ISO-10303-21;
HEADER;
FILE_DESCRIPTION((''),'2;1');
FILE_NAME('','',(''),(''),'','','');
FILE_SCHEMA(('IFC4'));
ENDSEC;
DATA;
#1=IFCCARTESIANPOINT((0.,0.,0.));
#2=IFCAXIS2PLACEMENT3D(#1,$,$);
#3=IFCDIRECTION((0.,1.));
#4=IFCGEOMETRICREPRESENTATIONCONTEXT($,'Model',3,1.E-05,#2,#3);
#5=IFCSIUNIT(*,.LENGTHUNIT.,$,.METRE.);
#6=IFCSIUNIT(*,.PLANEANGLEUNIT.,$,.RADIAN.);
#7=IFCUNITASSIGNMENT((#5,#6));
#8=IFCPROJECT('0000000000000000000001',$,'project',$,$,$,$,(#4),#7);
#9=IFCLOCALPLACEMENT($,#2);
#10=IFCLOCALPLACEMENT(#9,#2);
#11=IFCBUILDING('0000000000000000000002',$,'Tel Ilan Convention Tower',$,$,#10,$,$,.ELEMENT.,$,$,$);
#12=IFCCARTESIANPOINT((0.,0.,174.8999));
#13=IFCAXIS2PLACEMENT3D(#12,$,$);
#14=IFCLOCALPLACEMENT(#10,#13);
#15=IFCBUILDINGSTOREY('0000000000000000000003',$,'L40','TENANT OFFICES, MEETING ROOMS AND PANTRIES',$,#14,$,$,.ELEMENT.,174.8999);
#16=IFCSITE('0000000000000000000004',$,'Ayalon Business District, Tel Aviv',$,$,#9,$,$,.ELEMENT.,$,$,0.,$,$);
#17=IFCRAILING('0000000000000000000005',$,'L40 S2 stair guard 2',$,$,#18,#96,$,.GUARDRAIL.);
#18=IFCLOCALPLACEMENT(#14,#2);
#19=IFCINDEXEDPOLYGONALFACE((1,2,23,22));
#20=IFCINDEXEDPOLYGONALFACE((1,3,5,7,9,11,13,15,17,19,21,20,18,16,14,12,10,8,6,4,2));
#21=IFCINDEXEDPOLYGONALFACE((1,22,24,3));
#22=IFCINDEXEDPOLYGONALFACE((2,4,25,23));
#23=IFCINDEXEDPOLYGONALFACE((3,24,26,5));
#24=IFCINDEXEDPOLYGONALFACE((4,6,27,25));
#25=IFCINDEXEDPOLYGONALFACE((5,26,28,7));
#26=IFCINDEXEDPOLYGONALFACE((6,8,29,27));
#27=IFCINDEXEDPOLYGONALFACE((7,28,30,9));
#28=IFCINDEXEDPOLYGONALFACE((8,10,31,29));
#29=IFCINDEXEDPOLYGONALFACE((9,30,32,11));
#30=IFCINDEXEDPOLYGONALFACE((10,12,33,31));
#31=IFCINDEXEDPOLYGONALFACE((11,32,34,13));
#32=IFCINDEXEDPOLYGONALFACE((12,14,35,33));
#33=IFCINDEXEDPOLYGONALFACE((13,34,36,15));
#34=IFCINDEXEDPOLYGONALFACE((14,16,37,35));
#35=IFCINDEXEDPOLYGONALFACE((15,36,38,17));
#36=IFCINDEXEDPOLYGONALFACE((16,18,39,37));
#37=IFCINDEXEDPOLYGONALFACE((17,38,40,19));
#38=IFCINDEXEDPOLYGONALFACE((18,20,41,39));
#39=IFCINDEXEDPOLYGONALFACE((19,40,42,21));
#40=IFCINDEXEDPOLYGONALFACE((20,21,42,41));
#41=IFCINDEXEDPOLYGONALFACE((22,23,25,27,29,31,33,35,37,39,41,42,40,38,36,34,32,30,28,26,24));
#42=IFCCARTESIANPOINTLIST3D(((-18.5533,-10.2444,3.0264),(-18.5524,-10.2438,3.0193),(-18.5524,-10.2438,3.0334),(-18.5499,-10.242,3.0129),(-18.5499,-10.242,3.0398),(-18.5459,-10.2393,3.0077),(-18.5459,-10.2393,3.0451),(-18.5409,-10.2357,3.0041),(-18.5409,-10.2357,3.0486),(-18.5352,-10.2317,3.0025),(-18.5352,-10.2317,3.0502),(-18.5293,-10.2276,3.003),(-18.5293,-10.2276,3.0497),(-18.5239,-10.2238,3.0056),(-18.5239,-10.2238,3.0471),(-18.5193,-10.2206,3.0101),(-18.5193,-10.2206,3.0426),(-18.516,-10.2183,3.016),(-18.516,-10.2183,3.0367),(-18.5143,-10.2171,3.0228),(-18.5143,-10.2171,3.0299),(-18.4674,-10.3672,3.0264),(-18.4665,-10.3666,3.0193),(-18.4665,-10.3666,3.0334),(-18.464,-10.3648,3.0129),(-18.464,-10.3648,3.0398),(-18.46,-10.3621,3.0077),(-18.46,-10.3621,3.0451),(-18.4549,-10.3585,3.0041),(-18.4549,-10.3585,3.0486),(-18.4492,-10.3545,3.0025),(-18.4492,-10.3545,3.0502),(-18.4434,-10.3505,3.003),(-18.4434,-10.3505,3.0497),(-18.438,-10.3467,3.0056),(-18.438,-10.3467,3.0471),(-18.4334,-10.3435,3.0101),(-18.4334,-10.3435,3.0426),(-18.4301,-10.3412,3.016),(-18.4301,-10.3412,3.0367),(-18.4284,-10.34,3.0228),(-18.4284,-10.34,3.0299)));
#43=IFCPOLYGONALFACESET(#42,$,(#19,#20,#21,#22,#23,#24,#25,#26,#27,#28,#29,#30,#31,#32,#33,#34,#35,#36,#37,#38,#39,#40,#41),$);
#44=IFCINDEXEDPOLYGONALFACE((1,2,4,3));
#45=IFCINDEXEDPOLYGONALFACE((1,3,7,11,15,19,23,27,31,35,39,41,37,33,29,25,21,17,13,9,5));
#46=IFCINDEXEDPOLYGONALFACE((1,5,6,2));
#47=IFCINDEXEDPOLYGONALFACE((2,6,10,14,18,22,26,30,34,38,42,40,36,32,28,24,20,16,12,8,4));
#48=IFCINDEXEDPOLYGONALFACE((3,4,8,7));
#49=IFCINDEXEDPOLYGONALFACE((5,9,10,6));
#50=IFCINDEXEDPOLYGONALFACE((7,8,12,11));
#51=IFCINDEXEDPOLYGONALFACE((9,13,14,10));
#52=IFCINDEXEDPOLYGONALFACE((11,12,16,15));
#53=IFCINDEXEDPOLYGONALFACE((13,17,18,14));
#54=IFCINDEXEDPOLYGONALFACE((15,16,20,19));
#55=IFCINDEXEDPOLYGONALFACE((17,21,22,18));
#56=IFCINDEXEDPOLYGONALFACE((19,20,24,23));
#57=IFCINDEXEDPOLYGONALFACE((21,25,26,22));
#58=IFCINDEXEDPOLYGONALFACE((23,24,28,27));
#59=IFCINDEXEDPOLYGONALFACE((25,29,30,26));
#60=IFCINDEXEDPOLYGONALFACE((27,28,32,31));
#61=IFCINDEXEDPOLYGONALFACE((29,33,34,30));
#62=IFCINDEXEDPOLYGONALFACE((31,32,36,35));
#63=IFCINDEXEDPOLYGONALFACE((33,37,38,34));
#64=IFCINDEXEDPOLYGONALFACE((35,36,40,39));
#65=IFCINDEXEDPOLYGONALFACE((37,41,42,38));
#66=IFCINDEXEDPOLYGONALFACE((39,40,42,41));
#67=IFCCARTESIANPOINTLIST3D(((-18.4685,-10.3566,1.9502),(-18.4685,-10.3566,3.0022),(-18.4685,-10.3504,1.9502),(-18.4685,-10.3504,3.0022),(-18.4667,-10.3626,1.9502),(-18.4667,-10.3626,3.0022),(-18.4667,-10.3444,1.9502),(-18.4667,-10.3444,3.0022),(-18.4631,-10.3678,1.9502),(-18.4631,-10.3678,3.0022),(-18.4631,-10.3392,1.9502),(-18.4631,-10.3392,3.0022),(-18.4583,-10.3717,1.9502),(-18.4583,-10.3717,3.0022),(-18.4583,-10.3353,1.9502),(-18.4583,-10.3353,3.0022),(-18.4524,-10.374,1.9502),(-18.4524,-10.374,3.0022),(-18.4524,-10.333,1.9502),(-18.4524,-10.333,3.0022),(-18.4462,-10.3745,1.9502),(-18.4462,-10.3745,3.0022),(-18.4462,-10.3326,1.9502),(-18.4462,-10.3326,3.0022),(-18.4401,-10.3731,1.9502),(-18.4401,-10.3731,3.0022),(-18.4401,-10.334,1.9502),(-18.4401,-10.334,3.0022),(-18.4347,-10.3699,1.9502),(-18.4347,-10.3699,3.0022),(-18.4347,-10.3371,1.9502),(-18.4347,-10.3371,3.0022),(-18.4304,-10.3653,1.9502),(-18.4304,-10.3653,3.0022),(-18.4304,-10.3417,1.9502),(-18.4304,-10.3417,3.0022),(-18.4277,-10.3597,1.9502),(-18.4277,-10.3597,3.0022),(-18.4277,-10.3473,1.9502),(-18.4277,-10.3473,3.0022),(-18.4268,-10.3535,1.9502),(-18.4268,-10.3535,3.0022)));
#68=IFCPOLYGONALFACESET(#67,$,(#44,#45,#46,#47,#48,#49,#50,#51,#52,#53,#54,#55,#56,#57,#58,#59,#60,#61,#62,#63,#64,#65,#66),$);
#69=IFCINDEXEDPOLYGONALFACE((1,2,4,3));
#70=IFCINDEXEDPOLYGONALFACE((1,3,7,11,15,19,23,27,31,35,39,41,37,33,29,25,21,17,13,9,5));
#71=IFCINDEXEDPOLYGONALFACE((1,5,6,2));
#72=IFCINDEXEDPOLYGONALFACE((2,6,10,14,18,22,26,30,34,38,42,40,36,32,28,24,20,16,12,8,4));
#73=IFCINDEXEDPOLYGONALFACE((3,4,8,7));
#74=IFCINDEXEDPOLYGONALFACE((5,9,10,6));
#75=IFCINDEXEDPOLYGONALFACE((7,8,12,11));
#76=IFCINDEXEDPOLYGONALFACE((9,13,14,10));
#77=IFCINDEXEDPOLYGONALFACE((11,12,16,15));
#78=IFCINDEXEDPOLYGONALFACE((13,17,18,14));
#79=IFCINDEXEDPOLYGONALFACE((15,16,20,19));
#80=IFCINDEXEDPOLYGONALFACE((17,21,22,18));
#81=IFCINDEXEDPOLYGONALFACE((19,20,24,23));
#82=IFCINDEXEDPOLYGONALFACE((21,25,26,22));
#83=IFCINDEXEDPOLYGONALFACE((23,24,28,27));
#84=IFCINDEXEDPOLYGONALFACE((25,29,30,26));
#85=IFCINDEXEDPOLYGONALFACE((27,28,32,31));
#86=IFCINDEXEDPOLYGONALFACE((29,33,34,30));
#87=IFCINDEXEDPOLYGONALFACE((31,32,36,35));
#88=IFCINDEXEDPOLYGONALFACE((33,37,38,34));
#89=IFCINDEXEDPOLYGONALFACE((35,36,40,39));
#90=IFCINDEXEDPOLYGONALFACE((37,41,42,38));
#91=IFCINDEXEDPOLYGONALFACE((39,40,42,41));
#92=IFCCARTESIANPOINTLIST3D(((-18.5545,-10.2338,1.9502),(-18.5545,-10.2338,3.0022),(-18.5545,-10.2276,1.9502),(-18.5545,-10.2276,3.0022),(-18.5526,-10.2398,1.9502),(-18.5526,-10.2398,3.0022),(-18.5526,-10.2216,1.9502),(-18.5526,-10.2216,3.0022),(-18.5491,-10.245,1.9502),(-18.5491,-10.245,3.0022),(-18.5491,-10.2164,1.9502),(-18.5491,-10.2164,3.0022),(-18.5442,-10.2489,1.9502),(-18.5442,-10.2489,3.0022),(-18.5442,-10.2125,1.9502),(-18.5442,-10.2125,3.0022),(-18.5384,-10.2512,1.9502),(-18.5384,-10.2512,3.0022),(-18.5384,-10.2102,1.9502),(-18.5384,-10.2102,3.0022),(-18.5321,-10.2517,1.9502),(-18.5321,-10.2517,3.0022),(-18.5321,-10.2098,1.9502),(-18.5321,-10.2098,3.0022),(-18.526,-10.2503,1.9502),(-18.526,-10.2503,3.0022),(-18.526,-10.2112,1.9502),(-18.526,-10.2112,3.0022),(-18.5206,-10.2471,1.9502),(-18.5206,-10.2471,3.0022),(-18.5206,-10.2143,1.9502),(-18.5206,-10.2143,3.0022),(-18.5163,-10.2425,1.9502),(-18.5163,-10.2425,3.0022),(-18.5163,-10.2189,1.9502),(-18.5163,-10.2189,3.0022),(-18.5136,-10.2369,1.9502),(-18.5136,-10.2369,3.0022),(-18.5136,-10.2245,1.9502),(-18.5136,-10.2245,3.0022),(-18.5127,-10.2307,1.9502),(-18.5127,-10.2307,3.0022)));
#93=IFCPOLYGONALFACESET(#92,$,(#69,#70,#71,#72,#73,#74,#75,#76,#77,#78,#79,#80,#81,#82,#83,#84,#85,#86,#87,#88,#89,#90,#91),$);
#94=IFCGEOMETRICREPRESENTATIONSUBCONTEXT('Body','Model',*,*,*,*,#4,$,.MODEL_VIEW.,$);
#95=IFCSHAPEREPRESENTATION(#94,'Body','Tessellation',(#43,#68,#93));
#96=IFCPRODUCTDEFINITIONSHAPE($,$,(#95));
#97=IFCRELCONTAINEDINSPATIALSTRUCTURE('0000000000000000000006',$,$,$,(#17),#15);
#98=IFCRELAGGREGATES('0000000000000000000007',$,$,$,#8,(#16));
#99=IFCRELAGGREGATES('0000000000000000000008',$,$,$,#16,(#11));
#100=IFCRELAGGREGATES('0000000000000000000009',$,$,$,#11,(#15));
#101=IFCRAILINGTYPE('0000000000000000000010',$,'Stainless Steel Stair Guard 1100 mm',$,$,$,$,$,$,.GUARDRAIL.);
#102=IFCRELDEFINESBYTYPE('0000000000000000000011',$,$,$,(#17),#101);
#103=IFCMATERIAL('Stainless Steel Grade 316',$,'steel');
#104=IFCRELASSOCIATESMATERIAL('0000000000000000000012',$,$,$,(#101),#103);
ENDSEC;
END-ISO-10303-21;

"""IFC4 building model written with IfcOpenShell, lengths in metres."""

from ifc_helpers import new_model, si_unit, direction, frame, origin, origin_2d, place, context, subcontext, project, spatial, circle, extrude, material, type_object, element, save


model = new_model("IFC4")

# Units and contexts
model_context = context("Model", 3, precision=1e-05, world=origin(), true_north=direction((0.0, 1.0)))
body_context = subcontext(model_context, "Body", "Model", "MODEL_VIEW")
ifc_project = project(units=[si_unit("LENGTHUNIT", "METRE"), si_unit("PLANEANGLEUNIT", "RADIAN")], contexts=[model_context])

# Site, building, storey
site_placement = place(None, origin())
site = spatial("IfcSite", under=ifc_project, at=site_placement, Name="Ayalon Business District, Tel Aviv", CompositionType="ELEMENT", RefElevation=0.0)
building_placement = place(site_placement, origin())
building = spatial("IfcBuilding", under=site, at=building_placement, Name="Tel Ilan Convention Tower", CompositionType="ELEMENT")
storey_placement = place(building_placement, frame((0.0, 0.0, 174.8999)))
storey = spatial("IfcBuildingStorey", under=building, at=storey_placement, Name="L40", Description="TENANT OFFICES, MEETING ROOMS AND PANTRIES", CompositionType="ELEMENT", Elevation=174.8999)

# Railing
ifc_material_1 = material(Name="Stainless Steel Grade 316", Category="steel")
railing_type_1 = type_object("IfcRailingType", Name="Stainless Steel Stair Guard 1100 mm", PredefinedType="GUARDRAIL", material=ifc_material_1)
railing_1_placement = place(storey_placement, frame((-18.4478, -10.3535, 1.9502)))
element("IfcRailing", 1, at=railing_1_placement, inside=storey, type_object=railing_type_1, Name="L40 S2 stair guard 2", PredefinedType="GUARDRAIL", context=body_context, shape_type="SweptSolid", body=[
    extrude(circle(Radius=0.0239, at=origin_2d()), frame((0.0, 0.0, 1.0762), z_axis=(-0.573353, 0.819308, 0.0), x_axis=(-0.819308, -0.573353, 0.0)), (0.0, 0.0, 1.0), 0.1499),
    extrude(circle(Radius=0.021, at=origin_2d()), origin(), (0.0, 0.0, 1.0), 1.052),
    extrude(circle(Radius=0.021, at=origin_2d()), frame((-0.0859, 0.1228, 0.0)), (0.0, 0.0, 1.0), 1.052),
])

save(model, "model.ifc")
